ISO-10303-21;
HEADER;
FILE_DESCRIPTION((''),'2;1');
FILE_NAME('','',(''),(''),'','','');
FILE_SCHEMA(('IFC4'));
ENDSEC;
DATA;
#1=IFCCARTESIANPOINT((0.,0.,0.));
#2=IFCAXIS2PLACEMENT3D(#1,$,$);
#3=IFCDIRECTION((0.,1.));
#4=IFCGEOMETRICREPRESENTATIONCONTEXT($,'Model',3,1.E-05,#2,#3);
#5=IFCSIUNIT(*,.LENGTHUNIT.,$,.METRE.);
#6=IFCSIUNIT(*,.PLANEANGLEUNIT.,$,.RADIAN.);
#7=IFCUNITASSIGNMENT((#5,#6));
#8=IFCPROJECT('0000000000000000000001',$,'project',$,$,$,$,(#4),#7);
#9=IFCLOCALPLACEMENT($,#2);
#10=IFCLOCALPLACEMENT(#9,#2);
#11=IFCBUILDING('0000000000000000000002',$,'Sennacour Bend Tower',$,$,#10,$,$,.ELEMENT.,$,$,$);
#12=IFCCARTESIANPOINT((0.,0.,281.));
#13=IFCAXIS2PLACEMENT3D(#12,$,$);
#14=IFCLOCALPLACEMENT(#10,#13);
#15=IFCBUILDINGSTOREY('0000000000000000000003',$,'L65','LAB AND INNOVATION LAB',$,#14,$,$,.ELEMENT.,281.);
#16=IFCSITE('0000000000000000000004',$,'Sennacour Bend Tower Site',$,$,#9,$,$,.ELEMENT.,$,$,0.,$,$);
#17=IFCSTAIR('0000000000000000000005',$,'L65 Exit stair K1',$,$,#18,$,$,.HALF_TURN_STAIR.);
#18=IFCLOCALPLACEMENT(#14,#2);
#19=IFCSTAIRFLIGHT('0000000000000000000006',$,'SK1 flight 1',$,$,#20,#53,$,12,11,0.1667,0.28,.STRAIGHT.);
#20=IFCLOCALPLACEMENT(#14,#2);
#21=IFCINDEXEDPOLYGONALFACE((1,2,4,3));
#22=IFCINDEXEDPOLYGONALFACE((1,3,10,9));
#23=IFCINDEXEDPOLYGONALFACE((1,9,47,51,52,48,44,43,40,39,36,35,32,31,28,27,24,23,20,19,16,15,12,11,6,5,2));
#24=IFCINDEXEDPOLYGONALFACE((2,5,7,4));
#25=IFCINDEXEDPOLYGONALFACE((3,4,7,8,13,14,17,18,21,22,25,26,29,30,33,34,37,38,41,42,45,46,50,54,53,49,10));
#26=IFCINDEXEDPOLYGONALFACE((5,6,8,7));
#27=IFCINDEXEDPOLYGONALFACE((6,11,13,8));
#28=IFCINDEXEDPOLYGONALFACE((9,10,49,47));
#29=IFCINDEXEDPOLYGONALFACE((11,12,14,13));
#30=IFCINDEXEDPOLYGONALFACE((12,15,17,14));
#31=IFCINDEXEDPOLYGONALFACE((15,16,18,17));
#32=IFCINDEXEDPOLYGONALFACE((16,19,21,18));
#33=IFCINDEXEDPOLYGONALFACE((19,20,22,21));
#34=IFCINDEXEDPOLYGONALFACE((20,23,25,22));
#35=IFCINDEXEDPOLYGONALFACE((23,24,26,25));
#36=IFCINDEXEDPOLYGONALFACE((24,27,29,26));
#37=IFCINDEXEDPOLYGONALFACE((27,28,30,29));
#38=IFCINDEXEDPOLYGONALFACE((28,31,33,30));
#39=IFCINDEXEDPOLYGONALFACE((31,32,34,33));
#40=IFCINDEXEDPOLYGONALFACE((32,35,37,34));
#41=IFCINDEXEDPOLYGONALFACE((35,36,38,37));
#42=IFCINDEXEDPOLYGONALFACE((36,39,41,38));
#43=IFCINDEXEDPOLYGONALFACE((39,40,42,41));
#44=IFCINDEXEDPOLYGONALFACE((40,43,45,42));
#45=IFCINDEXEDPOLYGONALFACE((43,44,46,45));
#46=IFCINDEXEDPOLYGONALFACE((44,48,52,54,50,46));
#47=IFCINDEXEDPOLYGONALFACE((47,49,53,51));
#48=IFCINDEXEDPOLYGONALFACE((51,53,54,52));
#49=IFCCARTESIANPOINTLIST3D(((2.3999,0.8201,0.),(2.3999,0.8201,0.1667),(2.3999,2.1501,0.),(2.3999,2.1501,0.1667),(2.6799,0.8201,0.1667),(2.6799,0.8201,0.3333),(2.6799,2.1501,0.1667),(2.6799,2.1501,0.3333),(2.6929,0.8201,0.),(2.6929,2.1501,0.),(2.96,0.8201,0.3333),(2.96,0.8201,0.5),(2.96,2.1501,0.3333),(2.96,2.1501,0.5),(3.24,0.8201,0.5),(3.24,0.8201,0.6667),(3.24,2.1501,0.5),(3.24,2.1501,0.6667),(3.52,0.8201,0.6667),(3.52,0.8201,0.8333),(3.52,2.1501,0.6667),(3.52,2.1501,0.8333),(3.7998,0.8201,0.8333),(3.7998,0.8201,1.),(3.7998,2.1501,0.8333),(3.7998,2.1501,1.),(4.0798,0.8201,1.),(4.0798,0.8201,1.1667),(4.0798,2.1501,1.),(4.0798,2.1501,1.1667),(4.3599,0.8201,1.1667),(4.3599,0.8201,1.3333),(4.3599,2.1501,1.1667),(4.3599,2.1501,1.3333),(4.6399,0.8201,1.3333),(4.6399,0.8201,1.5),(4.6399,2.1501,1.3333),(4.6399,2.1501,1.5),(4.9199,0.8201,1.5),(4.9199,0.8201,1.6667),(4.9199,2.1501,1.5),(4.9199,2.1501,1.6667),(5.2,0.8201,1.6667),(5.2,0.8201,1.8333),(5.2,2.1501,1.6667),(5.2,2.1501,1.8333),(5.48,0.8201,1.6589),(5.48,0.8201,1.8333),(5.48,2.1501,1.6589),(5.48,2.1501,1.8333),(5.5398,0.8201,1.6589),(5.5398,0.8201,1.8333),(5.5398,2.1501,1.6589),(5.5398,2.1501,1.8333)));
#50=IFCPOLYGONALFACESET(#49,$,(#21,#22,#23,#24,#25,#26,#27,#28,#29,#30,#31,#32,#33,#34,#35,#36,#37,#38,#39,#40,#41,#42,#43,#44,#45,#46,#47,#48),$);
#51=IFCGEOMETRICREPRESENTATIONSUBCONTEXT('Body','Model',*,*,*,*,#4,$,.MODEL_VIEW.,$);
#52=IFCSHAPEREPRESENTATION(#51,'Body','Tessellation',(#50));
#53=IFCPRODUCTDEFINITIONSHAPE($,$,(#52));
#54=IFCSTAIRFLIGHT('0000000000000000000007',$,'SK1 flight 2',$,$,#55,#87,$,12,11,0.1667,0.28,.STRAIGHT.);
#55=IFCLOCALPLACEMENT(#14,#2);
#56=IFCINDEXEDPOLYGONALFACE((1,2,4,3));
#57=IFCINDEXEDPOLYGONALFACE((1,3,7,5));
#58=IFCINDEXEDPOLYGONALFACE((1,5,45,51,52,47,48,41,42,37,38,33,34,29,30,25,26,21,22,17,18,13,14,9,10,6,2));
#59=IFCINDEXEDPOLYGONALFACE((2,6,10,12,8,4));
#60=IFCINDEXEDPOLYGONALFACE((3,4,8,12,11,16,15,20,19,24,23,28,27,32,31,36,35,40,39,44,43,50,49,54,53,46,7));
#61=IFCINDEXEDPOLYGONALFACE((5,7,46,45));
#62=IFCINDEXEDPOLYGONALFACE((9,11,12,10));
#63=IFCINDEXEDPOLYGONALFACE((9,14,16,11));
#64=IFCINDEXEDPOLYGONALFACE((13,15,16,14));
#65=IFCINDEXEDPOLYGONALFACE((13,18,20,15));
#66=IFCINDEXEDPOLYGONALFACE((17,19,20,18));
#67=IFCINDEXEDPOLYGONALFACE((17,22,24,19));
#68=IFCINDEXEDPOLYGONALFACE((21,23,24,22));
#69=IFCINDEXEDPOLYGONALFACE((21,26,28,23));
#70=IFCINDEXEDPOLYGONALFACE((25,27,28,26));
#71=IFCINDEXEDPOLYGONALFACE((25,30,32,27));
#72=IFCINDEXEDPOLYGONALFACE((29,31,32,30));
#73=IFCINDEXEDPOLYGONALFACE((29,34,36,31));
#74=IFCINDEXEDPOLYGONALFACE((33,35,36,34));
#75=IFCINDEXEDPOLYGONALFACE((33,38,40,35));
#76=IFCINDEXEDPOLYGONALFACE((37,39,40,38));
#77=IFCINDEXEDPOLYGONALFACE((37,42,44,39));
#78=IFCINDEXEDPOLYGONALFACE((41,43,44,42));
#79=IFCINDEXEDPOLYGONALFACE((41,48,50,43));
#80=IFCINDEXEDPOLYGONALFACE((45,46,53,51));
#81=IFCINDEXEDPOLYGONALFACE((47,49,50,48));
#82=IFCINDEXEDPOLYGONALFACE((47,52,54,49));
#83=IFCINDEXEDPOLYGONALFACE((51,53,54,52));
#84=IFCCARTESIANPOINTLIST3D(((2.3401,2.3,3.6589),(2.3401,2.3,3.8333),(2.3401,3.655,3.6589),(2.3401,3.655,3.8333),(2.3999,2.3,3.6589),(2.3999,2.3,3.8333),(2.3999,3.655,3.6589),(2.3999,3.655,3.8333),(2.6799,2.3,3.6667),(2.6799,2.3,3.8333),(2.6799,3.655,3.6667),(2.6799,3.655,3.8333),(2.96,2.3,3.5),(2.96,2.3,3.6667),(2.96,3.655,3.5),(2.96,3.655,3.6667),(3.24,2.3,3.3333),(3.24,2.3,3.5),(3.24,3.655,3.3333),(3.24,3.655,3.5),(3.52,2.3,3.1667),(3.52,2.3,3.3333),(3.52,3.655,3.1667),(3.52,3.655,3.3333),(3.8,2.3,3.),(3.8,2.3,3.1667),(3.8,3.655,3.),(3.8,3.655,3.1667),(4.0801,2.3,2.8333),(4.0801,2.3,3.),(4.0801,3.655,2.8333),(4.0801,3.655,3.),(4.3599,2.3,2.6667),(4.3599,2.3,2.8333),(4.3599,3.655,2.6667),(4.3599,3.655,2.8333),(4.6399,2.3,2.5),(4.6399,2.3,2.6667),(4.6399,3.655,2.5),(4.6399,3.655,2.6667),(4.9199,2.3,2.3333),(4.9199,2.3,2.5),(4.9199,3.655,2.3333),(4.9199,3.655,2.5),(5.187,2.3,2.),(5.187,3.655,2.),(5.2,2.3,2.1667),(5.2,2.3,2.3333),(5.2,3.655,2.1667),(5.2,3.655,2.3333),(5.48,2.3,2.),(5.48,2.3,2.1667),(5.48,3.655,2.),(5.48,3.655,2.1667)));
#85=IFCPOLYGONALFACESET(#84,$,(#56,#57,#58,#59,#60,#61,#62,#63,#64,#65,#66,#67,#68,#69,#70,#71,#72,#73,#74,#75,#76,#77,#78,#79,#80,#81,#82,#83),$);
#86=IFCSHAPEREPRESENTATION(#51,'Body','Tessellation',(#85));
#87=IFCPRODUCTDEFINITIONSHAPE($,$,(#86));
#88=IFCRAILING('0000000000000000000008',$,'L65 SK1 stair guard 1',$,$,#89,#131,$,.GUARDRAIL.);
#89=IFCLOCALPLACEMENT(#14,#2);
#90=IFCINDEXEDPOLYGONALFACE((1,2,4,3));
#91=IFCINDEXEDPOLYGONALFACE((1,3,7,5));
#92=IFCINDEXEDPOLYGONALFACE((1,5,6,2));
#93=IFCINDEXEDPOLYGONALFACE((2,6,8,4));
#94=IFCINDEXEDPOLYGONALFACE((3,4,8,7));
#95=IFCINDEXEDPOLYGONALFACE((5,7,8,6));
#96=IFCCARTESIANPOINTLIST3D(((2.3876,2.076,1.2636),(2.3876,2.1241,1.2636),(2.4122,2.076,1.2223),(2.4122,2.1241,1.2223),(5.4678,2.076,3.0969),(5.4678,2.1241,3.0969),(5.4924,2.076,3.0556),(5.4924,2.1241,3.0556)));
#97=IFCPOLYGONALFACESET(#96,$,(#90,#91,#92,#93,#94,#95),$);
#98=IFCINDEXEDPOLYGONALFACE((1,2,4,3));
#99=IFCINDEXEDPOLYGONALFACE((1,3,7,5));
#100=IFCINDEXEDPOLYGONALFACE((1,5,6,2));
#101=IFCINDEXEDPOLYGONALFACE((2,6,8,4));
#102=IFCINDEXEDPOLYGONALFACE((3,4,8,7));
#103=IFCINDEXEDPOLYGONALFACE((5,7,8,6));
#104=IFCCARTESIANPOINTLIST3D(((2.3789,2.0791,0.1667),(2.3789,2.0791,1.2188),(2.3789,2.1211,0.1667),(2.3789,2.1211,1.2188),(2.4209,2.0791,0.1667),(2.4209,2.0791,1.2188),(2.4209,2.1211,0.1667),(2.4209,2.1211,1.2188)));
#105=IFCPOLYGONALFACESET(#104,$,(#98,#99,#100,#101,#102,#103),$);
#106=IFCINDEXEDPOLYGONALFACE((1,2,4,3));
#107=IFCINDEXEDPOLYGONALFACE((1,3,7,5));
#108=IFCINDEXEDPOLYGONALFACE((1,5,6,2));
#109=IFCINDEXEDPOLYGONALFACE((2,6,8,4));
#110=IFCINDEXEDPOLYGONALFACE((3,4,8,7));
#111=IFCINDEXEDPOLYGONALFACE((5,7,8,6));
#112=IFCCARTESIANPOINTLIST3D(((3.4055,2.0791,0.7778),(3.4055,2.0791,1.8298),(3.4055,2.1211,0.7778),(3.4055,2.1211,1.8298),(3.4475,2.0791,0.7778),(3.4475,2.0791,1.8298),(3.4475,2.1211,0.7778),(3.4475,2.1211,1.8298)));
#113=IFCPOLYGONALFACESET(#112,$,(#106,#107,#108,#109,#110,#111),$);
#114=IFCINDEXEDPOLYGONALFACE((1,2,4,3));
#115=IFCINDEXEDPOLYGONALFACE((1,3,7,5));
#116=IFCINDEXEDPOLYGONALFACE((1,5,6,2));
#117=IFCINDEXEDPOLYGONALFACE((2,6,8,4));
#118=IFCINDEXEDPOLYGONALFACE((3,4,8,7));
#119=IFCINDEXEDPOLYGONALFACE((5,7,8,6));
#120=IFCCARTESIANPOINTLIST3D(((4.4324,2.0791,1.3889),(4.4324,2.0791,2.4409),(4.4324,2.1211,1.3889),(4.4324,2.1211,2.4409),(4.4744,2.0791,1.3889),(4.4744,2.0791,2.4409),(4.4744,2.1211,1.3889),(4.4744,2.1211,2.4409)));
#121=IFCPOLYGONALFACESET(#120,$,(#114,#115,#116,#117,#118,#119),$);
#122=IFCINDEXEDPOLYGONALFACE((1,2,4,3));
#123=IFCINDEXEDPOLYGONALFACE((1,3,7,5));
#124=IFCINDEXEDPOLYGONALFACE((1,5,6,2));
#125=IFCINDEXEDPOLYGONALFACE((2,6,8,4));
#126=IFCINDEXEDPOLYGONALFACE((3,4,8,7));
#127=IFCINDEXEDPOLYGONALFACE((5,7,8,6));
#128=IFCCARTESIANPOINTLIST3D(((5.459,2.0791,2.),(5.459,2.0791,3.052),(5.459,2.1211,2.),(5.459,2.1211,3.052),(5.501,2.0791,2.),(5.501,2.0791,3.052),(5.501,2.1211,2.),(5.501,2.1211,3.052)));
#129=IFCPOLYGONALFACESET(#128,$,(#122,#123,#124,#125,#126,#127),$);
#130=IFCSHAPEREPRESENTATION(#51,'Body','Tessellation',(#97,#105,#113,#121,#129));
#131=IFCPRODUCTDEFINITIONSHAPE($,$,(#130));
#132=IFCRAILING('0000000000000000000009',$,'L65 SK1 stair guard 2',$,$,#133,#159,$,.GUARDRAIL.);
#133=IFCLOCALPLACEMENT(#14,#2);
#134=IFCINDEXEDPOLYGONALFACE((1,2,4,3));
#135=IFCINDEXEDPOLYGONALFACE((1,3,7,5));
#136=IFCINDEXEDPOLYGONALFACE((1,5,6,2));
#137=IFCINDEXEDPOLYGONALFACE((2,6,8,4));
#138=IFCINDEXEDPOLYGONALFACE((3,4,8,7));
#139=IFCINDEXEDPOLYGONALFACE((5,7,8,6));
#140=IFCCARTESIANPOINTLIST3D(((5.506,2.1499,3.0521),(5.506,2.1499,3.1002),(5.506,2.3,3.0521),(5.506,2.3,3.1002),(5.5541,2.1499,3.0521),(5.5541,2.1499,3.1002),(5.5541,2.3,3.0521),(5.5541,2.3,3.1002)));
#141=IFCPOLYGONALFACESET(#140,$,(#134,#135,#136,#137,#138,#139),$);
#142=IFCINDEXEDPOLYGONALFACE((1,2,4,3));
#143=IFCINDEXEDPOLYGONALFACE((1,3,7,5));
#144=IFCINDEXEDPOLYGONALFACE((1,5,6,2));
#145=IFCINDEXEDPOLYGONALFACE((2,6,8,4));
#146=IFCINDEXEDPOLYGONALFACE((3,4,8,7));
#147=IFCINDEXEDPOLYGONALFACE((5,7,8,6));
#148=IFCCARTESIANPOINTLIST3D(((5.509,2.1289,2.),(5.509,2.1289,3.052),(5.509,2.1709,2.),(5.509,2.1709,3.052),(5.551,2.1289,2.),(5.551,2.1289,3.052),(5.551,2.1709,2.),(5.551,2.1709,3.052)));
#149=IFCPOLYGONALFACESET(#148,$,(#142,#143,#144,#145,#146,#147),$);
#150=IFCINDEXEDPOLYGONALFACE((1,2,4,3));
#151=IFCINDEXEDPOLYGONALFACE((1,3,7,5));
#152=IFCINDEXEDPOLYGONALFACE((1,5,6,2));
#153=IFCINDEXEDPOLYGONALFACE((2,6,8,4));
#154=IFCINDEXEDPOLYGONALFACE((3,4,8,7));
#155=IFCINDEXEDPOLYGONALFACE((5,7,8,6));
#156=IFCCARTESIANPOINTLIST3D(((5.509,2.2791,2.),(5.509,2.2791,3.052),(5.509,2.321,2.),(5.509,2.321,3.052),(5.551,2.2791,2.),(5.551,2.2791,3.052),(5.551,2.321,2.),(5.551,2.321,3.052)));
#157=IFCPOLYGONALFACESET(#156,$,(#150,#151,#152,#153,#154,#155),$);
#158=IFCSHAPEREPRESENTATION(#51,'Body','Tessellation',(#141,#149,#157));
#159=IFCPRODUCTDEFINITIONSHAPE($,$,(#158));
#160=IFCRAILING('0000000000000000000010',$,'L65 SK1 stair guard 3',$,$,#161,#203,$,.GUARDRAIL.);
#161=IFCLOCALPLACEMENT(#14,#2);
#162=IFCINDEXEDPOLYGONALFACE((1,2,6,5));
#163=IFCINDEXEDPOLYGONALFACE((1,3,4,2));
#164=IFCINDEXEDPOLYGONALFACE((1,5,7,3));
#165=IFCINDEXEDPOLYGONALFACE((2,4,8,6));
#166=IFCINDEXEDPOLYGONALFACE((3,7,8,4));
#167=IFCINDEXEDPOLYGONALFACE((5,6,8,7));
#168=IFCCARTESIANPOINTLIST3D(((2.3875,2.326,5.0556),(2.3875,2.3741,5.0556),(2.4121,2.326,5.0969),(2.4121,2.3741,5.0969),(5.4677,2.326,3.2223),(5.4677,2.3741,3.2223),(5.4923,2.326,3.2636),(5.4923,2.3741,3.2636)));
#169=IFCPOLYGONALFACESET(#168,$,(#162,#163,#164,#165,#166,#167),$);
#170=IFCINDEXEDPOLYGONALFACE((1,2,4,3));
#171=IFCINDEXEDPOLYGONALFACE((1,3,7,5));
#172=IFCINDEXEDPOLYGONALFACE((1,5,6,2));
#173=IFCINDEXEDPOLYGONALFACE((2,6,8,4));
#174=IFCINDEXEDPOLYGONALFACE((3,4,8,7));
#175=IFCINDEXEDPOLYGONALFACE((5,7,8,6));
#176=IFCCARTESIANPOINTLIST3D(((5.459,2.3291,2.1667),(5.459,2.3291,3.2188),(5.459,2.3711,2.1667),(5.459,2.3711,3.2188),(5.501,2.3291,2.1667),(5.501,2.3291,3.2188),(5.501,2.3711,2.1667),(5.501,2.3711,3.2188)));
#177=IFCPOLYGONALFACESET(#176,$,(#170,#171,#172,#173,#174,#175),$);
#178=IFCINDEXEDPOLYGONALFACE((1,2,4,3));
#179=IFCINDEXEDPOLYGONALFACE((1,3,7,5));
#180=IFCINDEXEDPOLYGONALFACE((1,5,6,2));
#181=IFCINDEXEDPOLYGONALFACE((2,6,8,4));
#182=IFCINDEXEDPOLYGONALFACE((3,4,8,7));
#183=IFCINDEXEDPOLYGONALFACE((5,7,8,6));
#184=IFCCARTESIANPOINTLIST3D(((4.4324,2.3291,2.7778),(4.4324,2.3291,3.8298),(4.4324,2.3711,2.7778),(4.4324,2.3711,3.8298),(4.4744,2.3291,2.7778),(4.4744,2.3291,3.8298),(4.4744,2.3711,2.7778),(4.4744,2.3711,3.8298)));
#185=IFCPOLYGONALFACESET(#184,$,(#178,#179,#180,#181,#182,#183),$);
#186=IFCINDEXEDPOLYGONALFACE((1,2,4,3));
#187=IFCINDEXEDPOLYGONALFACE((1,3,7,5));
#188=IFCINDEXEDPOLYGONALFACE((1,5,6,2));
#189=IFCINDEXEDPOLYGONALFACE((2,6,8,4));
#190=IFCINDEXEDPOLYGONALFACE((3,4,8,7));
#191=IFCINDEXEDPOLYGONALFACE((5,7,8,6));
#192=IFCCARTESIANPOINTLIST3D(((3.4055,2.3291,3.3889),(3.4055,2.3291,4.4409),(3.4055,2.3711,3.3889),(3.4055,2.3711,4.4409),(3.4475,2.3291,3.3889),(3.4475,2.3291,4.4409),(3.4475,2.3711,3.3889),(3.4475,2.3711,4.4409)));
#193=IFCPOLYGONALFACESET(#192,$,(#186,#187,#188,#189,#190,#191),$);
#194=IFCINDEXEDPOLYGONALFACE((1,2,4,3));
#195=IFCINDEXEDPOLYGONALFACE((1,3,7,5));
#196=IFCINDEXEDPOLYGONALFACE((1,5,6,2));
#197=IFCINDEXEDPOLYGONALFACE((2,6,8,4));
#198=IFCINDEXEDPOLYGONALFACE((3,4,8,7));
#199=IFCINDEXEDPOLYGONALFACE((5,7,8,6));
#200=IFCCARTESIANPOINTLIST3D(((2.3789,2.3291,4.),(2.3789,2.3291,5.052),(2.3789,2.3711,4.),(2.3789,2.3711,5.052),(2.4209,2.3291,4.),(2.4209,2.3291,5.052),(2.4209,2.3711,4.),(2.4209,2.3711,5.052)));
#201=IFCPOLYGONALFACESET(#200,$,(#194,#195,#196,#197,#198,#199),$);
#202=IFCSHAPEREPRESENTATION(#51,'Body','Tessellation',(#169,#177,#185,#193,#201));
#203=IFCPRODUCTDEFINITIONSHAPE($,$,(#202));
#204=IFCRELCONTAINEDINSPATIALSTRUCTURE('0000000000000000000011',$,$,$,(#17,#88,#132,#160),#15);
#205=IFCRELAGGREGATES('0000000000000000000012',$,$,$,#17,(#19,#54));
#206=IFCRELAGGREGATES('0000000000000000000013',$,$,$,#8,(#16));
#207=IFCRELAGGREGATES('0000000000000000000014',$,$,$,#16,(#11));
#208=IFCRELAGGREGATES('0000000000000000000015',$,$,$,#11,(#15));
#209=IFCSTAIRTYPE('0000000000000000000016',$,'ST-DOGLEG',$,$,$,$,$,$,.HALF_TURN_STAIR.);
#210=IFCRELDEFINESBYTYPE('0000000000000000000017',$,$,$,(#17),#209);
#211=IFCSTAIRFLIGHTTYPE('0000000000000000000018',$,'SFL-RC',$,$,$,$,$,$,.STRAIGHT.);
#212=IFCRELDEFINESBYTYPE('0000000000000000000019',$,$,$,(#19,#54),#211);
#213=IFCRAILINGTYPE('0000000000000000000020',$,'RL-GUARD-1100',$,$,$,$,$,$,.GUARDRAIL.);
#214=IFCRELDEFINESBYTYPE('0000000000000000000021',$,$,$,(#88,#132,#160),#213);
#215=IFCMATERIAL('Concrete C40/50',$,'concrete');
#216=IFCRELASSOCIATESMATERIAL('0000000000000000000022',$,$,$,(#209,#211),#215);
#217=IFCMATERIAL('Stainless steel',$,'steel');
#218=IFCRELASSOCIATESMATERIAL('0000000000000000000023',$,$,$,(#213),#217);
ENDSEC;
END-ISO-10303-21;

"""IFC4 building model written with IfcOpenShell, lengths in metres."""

from ifc_helpers import new_model, si_unit, direction, frame, origin, origin_2d, place, context, subcontext, project, spatial, polyline, rectangle, outline, extrude, material, type_object, element, aggregate, save


model = new_model("IFC4")

# Units and contexts
model_context = context("Model", 3, precision=1e-05, world=origin(), true_north=direction((0.0, 1.0)))
body_context = subcontext(model_context, "Body", "Model", "MODEL_VIEW")
ifc_project = project(units=[si_unit("LENGTHUNIT", "METRE"), si_unit("PLANEANGLEUNIT", "RADIAN")], contexts=[model_context])

# Site, building, storey
site_placement = place(None, origin())
site = spatial("IfcSite", under=ifc_project, at=site_placement, Name="Sennacour Bend Tower Site", CompositionType="ELEMENT", RefElevation=0.0)
building_placement = place(site_placement, origin())
building = spatial("IfcBuilding", under=site, at=building_placement, Name="Sennacour Bend Tower", CompositionType="ELEMENT")
storey_placement = place(building_placement, frame((0.0, 0.0, 281.0)))
storey = spatial("IfcBuildingStorey", under=building, at=storey_placement, Name="L65", Description="LAB AND INNOVATION LAB", CompositionType="ELEMENT", Elevation=281.0)

# Shared definitions
ifc_material_1 = material(Name="Concrete C40/50", Category="concrete")

# Stair
stair_type = type_object("IfcStairType", Name="ST-DOGLEG", PredefinedType="HALF_TURN_STAIR", material=ifc_material_1)
stair_1_placement = place(storey_placement, origin())
stair_1 = element("IfcStair", 1, at=stair_1_placement, inside=storey, type_object=stair_type, Name="L65 Exit stair K1", PredefinedType="HALF_TURN_STAIR")

# Stair flights
stair_flight_type = type_object("IfcStairFlightType", Name="SFL-RC", PredefinedType="STRAIGHT", material=ifc_material_1)
stair_flight_1_placement = place(storey_placement, frame((2.3999, 1.4851, 0.0), z_axis=(0.0, 0.0, 1.0), x_axis=(1.0, 0.0, 0.0)))
stair_flight_1 = element("IfcStairFlight", 2, at=stair_flight_1_placement, type_object=stair_flight_type, Name="SK1 flight 1", NumberOfRisers=12, NumberOfTreads=11, PredefinedType="STRAIGHT", RiserHeight=0.1667, TreadLength=0.28, context=body_context, shape_type="SweptSolid", body=[
    extrude(outline(polyline([(0.0, 0.0), (0.0, 0.1667), (0.28, 0.1667), (0.28, 0.3333), (0.5601, 0.3333), (0.5601, 0.5), (0.8401, 0.5), (0.8401, 0.6667), (1.1201, 0.6667), (1.1201, 0.8333), (1.3999, 0.8333), (1.3999, 1.0), (1.6799, 1.0), (1.6799, 1.1667), (1.96, 1.1667), (1.96, 1.3333), (2.24, 1.3333), (2.24, 1.5), (2.52, 1.5), (2.52, 1.6667), (2.8, 1.6667), (2.8, 1.8333), (3.0801, 1.8333), (3.1399, 1.8333), (3.1399, 1.6589), (3.0801, 1.6589), (0.293, 0.0), (0.0, 0.0)])), frame((0.0, 0.665, 0.0), z_axis=(0.0, -1.0, 0.0), x_axis=(1.0, 0.0, 0.0)), (0.0, 0.0, 1.0), 1.3301),
])
stair_flight_2_placement = place(storey_placement, frame((5.48, 2.9775, 2.0), z_axis=(0.0, 0.0, 1.0), x_axis=(-1.0, 0.0, 0.0)))
stair_flight_2 = element("IfcStairFlight", 3, at=stair_flight_2_placement, type_object=stair_flight_type, Name="SK1 flight 2", NumberOfRisers=12, NumberOfTreads=11, PredefinedType="STRAIGHT", RiserHeight=0.1667, TreadLength=0.28, context=body_context, shape_type="SweptSolid", body=[
    extrude(outline(polyline([(0.0, 0.0), (0.0, 0.1667), (0.28, 0.1667), (0.28, 0.3333), (0.5601, 0.3333), (0.5601, 0.5), (0.8401, 0.5), (0.8401, 0.6667), (1.1201, 0.6667), (1.1201, 0.8333), (1.3999, 0.8333), (1.3999, 1.0), (1.6799, 1.0), (1.6799, 1.1667), (1.96, 1.1667), (1.96, 1.3333), (2.24, 1.3333), (2.24, 1.5), (2.52, 1.5), (2.52, 1.6667), (2.8, 1.6667), (2.8, 1.8333), (3.0801, 1.8333), (3.1399, 1.8333), (3.1399, 1.6589), (3.0801, 1.6589), (0.293, 0.0), (0.0, 0.0)])), frame((0.0, 0.6775, 0.0), z_axis=(0.0, -1.0, 0.0), x_axis=(1.0, 0.0, 0.0)), (0.0, 0.0, 1.0), 1.355),
])
aggregate(stair_1, [stair_flight_1, stair_flight_2])

# Railings
ifc_material_2 = material(Name="Stainless steel", Category="steel")
railing_type_1 = type_object("IfcRailingType", Name="RL-GUARD-1100", PredefinedType="GUARDRAIL", material=ifc_material_2)
railing_1_placement = place(storey_placement, frame((2.3999, 2.1001, 0.1667)))
element("IfcRailing", 4, at=railing_1_placement, inside=storey, type_object=railing_type_1, Name="L65 SK1 stair guard 1", PredefinedType="GUARDRAIL", context=body_context, shape_type="SweptSolid", body=[
    extrude(rectangle(XDim=0.0481, YDim=0.0481, at=origin_2d()), frame((0.0, 0.0, 1.0762), z_axis=(0.859309, 0.0, 0.511458), x_axis=(0.0, 1.0, 0.0)), (0.0, 0.0, 1.0), 3.5845),
    extrude(rectangle(XDim=0.042, YDim=0.042, at=origin_2d()), origin(), (0.0, 0.0, 1.0), 1.052),
    extrude(rectangle(XDim=0.042, YDim=0.042, at=origin_2d()), frame((1.0266, 0.0, 0.6111)), (0.0, 0.0, 1.0), 1.052),
    extrude(rectangle(XDim=0.042, YDim=0.042, at=origin_2d()), frame((2.0535, 0.0, 1.2222)), (0.0, 0.0, 1.0), 1.052),
    extrude(rectangle(XDim=0.042, YDim=0.042, at=origin_2d()), frame((3.0801, 0.0, 1.8333)), (0.0, 0.0, 1.0), 1.052),
])
railing_2_placement = place(storey_placement, frame((5.53, 2.1499, 2.0)))
element("IfcRailing", 5, at=railing_2_placement, inside=storey, type_object=railing_type_1, Name="L65 SK1 stair guard 2", PredefinedType="GUARDRAIL", context=body_context, shape_type="SweptSolid", body=[
    extrude(rectangle(XDim=0.0481, YDim=0.0481, at=origin_2d()), frame((0.0, 0.0, 1.0762), z_axis=(0.0, 1.0, 0.0), x_axis=(-1.0, 0.0, 0.0)), (0.0, 0.0, 1.0), 0.1501),
    extrude(rectangle(XDim=0.042, YDim=0.042, at=origin_2d()), origin(), (0.0, 0.0, 1.0), 1.052),
    extrude(rectangle(XDim=0.042, YDim=0.042, at=origin_2d()), frame((0.0, 0.1501, 0.0)), (0.0, 0.0, 1.0), 1.052),
])
railing_3_placement = place(storey_placement, frame((5.48, 2.3501, 2.1667)))
element("IfcRailing", 6, at=railing_3_placement, inside=storey, type_object=railing_type_1, Name="L65 SK1 stair guard 3", PredefinedType="GUARDRAIL", context=body_context, shape_type="SweptSolid", body=[
    extrude(rectangle(XDim=0.0481, YDim=0.0481, at=origin_2d()), frame((0.0, 0.0, 1.0762), z_axis=(-0.859309, 0.0, 0.511458), x_axis=(0.0, -1.0, 0.0)), (0.0, 0.0, 1.0), 3.5845),
    extrude(rectangle(XDim=0.042, YDim=0.042, at=origin_2d()), origin(), (0.0, 0.0, 1.0), 1.052),
    extrude(rectangle(XDim=0.042, YDim=0.042, at=origin_2d()), frame((-1.0266, 0.0, 0.6111)), (0.0, 0.0, 1.0), 1.052),
    extrude(rectangle(XDim=0.042, YDim=0.042, at=origin_2d()), frame((-2.0535, 0.0, 1.2222)), (0.0, 0.0, 1.0), 1.052),
    extrude(rectangle(XDim=0.042, YDim=0.042, at=origin_2d()), frame((-3.0801, 0.0, 1.8333)), (0.0, 0.0, 1.0), 1.052),
])

save(model, "model.ifc")
